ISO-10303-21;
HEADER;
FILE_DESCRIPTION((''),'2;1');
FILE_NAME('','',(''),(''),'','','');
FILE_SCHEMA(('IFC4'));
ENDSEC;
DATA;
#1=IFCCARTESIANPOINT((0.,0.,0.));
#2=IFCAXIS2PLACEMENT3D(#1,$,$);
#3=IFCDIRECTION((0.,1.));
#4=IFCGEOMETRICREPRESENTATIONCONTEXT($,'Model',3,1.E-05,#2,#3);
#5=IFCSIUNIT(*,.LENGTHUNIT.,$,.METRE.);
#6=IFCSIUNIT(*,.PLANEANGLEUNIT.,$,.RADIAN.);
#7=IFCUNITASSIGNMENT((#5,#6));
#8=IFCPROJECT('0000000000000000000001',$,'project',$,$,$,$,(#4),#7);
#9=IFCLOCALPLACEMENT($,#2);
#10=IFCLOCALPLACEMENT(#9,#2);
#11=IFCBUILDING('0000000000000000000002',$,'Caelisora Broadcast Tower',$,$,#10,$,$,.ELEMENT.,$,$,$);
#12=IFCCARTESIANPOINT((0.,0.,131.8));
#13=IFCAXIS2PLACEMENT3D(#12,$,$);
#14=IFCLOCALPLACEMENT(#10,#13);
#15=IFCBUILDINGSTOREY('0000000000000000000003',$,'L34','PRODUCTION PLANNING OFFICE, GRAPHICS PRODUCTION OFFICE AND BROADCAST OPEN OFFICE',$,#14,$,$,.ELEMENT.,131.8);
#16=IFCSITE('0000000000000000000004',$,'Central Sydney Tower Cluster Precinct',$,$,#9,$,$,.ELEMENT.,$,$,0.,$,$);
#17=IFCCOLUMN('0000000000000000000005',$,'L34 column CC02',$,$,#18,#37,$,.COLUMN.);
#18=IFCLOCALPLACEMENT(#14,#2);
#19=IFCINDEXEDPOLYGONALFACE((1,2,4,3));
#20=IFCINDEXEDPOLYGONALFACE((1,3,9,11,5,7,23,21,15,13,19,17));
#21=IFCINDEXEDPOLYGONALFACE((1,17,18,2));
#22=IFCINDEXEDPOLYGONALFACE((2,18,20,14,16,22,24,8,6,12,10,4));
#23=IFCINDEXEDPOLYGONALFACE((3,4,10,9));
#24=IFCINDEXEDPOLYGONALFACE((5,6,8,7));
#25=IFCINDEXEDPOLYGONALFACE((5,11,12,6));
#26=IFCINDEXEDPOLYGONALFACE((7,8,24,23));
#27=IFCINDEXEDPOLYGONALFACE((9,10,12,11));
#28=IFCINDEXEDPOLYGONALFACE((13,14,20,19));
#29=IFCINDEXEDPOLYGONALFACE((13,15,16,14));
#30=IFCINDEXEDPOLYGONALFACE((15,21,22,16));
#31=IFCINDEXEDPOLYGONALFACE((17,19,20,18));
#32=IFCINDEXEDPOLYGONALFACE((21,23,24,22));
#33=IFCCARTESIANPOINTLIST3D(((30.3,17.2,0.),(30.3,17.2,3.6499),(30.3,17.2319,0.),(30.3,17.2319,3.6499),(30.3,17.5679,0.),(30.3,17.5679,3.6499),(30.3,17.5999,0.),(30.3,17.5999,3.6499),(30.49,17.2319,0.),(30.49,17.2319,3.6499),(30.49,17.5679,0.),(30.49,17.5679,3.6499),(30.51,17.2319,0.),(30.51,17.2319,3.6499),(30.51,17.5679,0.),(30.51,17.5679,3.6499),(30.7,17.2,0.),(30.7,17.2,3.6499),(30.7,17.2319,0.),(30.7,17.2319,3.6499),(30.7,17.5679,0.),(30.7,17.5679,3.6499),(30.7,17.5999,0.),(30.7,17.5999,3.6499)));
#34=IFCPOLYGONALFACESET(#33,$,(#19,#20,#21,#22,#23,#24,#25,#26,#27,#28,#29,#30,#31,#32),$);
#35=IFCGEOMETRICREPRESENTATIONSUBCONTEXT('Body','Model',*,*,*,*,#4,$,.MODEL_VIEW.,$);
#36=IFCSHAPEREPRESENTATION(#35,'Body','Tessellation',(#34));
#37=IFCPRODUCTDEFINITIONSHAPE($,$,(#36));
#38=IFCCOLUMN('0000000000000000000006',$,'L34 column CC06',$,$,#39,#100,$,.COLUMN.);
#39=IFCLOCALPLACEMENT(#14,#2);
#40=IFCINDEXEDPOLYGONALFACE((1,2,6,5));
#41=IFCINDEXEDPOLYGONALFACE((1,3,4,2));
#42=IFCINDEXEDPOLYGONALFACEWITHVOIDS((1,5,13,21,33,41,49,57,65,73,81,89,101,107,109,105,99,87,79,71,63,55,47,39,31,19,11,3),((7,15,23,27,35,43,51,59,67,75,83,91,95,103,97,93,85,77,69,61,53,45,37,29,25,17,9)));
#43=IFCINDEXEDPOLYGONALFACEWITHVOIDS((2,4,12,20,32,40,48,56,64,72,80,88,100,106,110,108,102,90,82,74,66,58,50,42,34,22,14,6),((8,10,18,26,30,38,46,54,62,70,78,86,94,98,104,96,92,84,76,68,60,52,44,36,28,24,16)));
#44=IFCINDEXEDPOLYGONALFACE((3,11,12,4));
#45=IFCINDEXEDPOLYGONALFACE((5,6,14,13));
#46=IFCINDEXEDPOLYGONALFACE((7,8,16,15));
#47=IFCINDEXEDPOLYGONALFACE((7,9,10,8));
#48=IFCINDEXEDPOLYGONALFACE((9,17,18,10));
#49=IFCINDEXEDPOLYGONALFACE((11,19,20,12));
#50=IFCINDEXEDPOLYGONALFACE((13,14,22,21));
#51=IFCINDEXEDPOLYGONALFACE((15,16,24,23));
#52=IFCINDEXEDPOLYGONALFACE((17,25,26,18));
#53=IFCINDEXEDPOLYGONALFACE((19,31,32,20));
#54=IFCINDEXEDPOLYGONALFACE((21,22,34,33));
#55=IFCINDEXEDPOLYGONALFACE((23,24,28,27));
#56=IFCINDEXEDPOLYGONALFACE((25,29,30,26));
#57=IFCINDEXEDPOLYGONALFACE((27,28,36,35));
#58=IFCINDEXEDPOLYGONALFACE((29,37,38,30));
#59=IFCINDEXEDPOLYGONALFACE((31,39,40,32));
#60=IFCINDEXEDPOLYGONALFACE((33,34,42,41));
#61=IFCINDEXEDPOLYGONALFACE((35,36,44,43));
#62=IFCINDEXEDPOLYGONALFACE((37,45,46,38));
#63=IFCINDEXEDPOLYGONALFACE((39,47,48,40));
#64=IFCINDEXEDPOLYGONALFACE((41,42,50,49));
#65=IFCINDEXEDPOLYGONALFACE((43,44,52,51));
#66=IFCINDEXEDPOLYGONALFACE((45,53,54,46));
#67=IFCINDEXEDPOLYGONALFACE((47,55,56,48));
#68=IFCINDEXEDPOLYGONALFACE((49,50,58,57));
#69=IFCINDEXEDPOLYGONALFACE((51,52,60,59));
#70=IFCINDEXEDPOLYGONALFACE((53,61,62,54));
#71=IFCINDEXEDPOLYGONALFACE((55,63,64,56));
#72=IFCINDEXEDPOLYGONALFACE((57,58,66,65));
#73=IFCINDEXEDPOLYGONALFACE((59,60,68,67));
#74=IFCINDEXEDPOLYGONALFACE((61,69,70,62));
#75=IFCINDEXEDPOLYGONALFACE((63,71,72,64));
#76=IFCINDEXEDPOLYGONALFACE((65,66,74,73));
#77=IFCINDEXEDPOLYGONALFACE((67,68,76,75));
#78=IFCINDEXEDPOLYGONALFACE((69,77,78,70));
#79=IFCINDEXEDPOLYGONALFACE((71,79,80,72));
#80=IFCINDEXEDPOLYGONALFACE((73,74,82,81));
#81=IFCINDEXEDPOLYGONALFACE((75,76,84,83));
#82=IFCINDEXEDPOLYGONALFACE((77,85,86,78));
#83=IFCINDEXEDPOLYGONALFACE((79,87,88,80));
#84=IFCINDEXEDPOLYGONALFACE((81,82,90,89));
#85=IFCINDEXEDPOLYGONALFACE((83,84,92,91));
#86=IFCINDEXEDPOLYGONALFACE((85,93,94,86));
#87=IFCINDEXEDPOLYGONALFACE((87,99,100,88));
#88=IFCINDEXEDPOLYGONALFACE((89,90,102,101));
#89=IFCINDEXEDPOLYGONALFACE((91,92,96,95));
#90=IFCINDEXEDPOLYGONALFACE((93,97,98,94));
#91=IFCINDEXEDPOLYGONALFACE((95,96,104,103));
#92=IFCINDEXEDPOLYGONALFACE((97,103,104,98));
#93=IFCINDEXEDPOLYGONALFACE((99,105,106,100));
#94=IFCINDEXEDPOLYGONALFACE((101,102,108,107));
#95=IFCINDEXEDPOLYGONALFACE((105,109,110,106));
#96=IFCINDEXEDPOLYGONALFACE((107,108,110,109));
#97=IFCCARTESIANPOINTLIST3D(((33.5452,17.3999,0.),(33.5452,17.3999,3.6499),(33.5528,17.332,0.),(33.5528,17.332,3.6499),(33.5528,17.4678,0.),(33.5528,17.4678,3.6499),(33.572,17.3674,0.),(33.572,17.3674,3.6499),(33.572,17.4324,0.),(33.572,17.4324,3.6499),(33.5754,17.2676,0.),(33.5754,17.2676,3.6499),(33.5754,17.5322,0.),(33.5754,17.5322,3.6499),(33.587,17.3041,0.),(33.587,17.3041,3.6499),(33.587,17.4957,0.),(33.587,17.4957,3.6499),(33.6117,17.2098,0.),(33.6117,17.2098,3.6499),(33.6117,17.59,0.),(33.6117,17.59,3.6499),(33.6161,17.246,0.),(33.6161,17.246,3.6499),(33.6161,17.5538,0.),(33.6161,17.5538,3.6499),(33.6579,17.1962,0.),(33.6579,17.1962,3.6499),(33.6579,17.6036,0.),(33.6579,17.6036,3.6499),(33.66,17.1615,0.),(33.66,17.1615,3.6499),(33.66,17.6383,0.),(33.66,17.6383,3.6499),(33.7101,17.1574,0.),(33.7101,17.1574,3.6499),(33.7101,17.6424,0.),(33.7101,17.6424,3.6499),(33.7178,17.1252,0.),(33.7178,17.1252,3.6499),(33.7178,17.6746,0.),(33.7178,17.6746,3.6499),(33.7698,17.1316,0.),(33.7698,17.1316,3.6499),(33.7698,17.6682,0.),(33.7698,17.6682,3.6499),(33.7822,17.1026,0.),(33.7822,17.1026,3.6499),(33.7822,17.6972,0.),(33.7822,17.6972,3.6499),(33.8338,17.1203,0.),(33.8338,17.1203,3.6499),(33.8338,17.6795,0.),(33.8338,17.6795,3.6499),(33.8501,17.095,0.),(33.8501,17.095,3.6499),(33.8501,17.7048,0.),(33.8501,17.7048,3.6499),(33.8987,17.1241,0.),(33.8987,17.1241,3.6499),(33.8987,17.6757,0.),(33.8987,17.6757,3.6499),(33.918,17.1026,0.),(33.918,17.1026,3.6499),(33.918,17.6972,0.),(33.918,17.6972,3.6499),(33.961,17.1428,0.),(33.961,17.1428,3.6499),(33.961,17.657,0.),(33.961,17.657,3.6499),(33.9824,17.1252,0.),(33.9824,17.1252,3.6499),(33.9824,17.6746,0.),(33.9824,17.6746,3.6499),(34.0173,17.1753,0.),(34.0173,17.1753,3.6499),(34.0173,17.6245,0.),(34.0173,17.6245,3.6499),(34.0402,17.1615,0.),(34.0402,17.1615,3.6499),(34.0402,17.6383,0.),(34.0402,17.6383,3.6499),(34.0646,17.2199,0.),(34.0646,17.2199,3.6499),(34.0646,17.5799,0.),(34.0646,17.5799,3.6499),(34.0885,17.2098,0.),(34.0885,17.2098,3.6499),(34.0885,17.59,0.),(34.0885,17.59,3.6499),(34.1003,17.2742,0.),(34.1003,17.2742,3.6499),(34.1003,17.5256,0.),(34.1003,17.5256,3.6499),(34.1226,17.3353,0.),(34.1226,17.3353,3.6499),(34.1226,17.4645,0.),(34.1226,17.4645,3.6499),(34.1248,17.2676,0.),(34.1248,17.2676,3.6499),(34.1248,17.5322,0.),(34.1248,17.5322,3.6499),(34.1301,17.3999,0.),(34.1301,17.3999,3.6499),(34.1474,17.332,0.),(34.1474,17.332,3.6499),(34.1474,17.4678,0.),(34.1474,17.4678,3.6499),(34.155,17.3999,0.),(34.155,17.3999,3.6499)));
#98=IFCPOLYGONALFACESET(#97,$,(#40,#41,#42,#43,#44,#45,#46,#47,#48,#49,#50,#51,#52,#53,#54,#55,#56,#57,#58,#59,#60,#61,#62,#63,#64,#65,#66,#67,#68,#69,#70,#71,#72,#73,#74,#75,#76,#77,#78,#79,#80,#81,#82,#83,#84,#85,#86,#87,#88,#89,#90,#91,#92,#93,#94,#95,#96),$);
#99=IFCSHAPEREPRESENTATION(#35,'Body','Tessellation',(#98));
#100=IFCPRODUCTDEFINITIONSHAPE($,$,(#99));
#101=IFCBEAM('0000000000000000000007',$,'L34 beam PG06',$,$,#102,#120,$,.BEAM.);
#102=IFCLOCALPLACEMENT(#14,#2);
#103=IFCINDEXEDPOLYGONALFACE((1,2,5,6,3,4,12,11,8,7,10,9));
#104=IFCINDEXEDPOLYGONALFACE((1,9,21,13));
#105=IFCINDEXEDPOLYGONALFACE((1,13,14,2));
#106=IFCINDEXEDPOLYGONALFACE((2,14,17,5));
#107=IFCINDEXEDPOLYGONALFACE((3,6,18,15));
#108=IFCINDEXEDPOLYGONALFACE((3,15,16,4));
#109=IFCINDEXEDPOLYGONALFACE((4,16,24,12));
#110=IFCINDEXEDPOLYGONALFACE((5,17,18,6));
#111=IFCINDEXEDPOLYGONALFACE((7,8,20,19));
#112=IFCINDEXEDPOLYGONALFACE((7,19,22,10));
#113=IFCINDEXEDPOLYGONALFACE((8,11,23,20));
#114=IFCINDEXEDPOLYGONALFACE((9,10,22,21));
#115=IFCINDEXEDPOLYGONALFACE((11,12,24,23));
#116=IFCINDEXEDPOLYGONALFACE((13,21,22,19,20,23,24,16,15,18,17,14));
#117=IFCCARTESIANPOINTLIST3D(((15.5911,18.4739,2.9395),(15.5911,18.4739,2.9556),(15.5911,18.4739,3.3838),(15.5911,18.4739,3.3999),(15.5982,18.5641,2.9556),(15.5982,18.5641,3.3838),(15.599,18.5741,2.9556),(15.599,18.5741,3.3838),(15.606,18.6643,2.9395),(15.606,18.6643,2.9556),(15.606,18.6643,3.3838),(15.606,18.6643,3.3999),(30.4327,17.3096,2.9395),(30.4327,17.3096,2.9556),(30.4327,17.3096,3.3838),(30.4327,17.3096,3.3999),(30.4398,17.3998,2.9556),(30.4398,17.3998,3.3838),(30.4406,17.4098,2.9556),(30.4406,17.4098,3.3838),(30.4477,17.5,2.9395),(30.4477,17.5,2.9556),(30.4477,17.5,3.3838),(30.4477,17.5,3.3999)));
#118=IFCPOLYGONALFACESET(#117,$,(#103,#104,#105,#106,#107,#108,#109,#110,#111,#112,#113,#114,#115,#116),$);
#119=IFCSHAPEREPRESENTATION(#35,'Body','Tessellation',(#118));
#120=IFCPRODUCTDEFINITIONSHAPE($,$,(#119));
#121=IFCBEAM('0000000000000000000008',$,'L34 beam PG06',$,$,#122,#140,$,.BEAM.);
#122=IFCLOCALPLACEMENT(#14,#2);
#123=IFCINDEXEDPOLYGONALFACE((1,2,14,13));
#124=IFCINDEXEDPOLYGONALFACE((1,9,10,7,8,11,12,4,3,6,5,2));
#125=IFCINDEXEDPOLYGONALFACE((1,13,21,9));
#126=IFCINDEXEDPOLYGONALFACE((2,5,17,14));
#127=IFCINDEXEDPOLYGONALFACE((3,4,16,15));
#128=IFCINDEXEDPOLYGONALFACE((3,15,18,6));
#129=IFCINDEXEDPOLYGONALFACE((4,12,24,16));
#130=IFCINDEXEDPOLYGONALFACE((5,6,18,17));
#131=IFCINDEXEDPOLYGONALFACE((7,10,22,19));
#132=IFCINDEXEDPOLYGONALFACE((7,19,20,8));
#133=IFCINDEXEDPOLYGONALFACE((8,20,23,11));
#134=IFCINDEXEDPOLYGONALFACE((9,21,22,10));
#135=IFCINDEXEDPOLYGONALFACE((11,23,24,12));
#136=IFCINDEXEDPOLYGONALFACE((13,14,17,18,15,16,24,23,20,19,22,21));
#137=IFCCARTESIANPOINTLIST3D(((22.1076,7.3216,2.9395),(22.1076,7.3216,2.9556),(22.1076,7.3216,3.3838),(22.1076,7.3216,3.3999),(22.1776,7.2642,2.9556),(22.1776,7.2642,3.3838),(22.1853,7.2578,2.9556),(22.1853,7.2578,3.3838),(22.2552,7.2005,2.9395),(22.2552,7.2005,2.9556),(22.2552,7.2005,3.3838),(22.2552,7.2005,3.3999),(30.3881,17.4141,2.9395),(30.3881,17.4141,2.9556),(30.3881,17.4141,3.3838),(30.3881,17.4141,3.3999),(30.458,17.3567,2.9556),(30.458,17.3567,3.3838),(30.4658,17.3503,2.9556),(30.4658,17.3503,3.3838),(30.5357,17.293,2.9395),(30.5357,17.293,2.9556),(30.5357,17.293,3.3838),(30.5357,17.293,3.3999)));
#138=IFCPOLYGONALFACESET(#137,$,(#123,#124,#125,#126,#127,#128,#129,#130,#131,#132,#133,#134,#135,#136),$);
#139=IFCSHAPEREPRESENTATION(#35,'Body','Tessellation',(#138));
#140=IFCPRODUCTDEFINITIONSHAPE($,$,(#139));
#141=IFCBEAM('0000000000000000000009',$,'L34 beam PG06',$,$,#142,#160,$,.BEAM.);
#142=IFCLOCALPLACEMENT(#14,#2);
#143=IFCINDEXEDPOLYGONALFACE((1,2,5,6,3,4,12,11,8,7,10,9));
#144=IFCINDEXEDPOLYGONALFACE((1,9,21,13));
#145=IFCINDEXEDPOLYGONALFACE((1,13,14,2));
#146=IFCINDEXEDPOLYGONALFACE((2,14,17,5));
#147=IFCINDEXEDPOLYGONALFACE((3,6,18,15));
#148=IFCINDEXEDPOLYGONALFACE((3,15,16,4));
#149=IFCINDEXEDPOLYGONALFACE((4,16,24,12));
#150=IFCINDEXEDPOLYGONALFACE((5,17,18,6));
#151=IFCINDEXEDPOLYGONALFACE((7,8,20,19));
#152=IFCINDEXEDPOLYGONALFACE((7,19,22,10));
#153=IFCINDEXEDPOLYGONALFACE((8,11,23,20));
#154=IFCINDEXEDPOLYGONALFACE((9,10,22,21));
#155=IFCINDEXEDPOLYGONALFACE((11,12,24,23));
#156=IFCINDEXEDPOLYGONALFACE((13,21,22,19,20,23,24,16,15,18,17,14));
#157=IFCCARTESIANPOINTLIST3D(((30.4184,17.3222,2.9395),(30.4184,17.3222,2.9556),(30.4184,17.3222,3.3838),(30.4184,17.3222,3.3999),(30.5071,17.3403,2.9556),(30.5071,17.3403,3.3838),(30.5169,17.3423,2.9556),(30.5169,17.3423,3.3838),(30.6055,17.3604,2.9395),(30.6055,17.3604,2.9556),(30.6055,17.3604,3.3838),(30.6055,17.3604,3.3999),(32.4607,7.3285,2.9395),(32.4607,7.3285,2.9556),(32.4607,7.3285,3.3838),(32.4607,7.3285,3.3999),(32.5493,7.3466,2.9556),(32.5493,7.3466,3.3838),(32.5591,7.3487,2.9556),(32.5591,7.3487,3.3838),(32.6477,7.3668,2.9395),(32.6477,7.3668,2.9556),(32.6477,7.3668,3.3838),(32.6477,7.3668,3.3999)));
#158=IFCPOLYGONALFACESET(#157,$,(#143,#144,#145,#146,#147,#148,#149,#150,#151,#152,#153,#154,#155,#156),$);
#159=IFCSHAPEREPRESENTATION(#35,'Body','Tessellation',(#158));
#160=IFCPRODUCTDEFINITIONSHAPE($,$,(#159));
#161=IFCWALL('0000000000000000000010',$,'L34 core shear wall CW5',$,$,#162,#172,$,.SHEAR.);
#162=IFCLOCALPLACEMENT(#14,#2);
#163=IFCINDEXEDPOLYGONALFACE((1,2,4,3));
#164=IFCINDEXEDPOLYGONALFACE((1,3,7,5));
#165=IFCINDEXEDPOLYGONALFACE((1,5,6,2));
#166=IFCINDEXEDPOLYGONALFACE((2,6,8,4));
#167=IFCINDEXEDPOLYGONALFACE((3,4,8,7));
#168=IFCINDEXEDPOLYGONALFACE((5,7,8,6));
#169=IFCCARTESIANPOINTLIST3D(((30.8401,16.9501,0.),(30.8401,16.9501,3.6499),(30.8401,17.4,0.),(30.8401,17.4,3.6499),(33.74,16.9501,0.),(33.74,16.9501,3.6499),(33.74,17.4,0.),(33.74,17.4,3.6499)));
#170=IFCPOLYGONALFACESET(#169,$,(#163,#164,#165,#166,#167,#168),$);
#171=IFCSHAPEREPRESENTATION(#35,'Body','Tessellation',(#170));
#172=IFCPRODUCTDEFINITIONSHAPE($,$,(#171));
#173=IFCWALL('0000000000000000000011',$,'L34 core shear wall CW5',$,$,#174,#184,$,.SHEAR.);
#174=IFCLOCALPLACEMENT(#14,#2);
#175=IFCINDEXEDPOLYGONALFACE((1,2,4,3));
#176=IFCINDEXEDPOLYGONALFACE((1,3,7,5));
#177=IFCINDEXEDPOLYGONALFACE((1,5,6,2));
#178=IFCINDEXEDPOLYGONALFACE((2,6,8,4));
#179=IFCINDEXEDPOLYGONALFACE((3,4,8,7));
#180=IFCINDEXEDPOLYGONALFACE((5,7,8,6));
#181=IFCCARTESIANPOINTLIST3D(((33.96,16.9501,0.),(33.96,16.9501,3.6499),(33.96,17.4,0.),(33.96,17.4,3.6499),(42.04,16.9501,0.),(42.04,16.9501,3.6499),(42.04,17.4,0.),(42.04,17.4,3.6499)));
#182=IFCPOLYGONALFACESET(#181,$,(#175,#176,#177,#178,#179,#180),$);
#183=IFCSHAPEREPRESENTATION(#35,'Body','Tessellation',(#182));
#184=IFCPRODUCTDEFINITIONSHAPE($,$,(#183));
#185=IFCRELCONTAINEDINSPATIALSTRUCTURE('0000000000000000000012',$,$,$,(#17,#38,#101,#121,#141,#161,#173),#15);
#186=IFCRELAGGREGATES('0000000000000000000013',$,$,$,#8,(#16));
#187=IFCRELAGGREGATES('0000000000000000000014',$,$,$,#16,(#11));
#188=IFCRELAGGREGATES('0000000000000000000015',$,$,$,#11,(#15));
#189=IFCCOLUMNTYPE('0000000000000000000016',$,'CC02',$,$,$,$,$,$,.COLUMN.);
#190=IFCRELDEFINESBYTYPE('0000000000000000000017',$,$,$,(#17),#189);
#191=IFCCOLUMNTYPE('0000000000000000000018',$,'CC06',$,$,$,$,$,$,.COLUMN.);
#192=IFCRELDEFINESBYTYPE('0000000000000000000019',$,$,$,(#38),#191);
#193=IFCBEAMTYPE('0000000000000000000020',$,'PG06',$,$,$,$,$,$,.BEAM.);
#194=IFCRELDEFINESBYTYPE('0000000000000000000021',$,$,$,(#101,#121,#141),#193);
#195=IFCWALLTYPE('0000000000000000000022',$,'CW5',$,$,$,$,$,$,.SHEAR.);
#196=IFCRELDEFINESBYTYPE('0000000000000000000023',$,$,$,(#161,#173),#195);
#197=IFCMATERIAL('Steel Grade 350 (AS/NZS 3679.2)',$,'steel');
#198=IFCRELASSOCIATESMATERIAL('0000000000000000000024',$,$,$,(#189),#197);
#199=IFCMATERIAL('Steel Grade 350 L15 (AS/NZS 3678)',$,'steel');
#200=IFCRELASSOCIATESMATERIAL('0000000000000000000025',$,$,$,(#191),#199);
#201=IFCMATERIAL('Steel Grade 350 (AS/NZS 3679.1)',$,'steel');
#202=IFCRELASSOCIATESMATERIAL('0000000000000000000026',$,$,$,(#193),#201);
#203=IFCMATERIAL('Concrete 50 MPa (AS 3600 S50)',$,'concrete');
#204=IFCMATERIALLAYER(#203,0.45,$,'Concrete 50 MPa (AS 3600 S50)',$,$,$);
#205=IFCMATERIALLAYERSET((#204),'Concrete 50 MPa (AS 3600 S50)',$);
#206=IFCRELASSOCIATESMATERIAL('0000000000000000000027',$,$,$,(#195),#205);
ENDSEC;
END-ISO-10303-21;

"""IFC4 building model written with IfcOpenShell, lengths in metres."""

from ifc_helpers import new_model, si_unit, direction, frame, frame_2d, origin, origin_2d, place, context, subcontext, project, spatial, rectangle, hollow_circle, i_section, extrude, source, transform, mapped, material, layer, layer_set, material_profile, profile_set, type_object, type_shapes, element, save


model = new_model("IFC4")

# Units and contexts
model_context = context("Model", 3, precision=1e-05, world=origin(), true_north=direction((0.0, 1.0)))
body_context = subcontext(model_context, "Body", "Model", "MODEL_VIEW")
ifc_project = project(units=[si_unit("LENGTHUNIT", "METRE"), si_unit("PLANEANGLEUNIT", "RADIAN")], contexts=[model_context])

# Site, building, storey
site_placement = place(None, origin())
site = spatial("IfcSite", under=ifc_project, at=site_placement, Name="Central Sydney Tower Cluster Precinct", CompositionType="ELEMENT", RefElevation=0.0)
building_placement = place(site_placement, origin())
building = spatial("IfcBuilding", under=site, at=building_placement, Name="Caelisora Broadcast Tower", CompositionType="ELEMENT")
storey_placement = place(building_placement, frame((0.0, 0.0, 131.8)))
storey = spatial("IfcBuildingStorey", under=building, at=storey_placement, Name="L34", Description="PRODUCTION PLANNING OFFICE, GRAPHICS PRODUCTION OFFICE AND BROADCAST OPEN OFFICE", CompositionType="ELEMENT", Elevation=131.8)

# Columns
ifc_material_1 = material(Name="Steel Grade 350 (AS/NZS 3679.2)", Category="steel")
ifc_material_profile_1 = material_profile(ifc_material_1, i_section(OverallWidth=0.3999, OverallDepth=0.3999, WebThickness=0.02, FlangeThickness=0.032, at=origin_2d()), Name="Steel Grade 350 (AS/NZS 3679.2)")
ifc_profile_set_1 = profile_set([ifc_material_profile_1], Name="Steel Grade 350 (AS/NZS 3679.2)")
column_type_1 = type_object("IfcColumnType", Name="CC02", PredefinedType="COLUMN", material=ifc_profile_set_1)
shared_shape_1 = source(origin(), body_context, "Body", "SweptSolid", [
    extrude(i_section(OverallWidth=0.3999, OverallDepth=0.3999, WebThickness=0.02, FlangeThickness=0.032, at=origin_2d()), origin(), (0.0, 0.0, 1.0), 3.6499),
])
type_shapes(column_type_1, [shared_shape_1])
column_1_placement = place(storey_placement, frame((30.5, 17.3999, 0.0), z_axis=(0.0, 0.0, 1.0), x_axis=(1.0, 0.0, 0.0)))
element("IfcColumn", 1, at=column_1_placement, inside=storey, type_object=column_type_1, Name="L34 column CC02", PredefinedType="COLUMN", context=body_context, shape_type="MappedRepresentation", body=[
    mapped(shared_shape_1, transform((0.0, 0.0, 0.0), scale=1.0)),
])
ifc_material_2 = material(Name="Steel Grade 350 L15 (AS/NZS 3678)", Category="steel")
ifc_material_profile_2 = material_profile(ifc_material_2, hollow_circle(Radius=0.3049, WallThickness=0.0249, at=origin_2d()), Name="Steel Grade 350 L15 (AS/NZS 3678)")
ifc_profile_set_2 = profile_set([ifc_material_profile_2], Name="Steel Grade 350 L15 (AS/NZS 3678)")
column_type_2 = type_object("IfcColumnType", Name="CC06", PredefinedType="COLUMN", material=ifc_profile_set_2)
shared_shape_2 = source(origin(), body_context, "Body", "SweptSolid", [
    extrude(hollow_circle(Radius=0.3049, WallThickness=0.0249, at=origin_2d()), origin(), (0.0, 0.0, 1.0), 3.6499),
])
type_shapes(column_type_2, [shared_shape_2])
column_2_placement = place(storey_placement, frame((33.8501, 17.3999, 0.0), z_axis=(0.0, 0.0, 1.0), x_axis=(1.0, 0.0, 0.0)))
element("IfcColumn", 2, at=column_2_placement, inside=storey, type_object=column_type_2, Name="L34 column CC06", PredefinedType="COLUMN", context=body_context, shape_type="MappedRepresentation", body=[
    mapped(shared_shape_2, transform((0.0, 0.0, 0.0), scale=1.0)),
])

# Beams
ifc_material_3 = material(Name="Steel Grade 350 (AS/NZS 3679.1)", Category="steel")
ifc_material_profile_3 = material_profile(ifc_material_3, i_section(OverallWidth=0.1909, OverallDepth=0.4604, WebThickness=0.01, FlangeThickness=0.0161, at=origin_2d()), Name="Steel Grade 350 (AS/NZS 3679.1)")
ifc_profile_set_3 = profile_set([ifc_material_profile_3], Name="Steel Grade 350 (AS/NZS 3679.1)")
beam_type = type_object("IfcBeamType", Name="PG06", PredefinedType="BEAM", material=ifc_profile_set_3)
shared_shape_3 = source(origin(), body_context, "Body", "SweptSolid", [
    extrude(i_section(OverallWidth=0.1909, OverallDepth=0.4604, WebThickness=0.01, FlangeThickness=0.0161, at=origin_2d()), origin(), (0.0, 0.0, 1.0), 14.8872),
])
beam_1_placement = place(storey_placement, frame((30.4402, 17.4048, 3.1697), z_axis=(-0.996937, 0.078209, 0.0), x_axis=(-0.078209, -0.996937, 0.0)))
element("IfcBeam", 3, at=beam_1_placement, inside=storey, type_object=beam_type, Name="L34 beam PG06", PredefinedType="BEAM", context=body_context, shape_type="MappedRepresentation", body=[
    mapped(shared_shape_3, transform((0.0, 0.0, 0.0), scale=1.0)),
])
shared_shape_4 = source(origin(), body_context, "Body", "SweptSolid", [
    extrude(i_section(OverallWidth=0.1909, OverallDepth=0.4604, WebThickness=0.01, FlangeThickness=0.0161, at=origin_2d()), origin(), (0.0, 0.0, 1.0), 13.0547),
])
beam_2_placement = place(storey_placement, frame((30.4619, 17.3535, 3.1697), z_axis=(-0.634292, -0.773093, 0.0), x_axis=(0.773093, -0.634292, 0.0)))
element("IfcBeam", 4, at=beam_2_placement, inside=storey, type_object=beam_type, Name="L34 beam PG06", PredefinedType="BEAM", context=body_context, shape_type="MappedRepresentation", body=[
    mapped(shared_shape_4, transform((0.0, 0.0, 0.0), scale=1.0)),
])
shared_shape_5 = source(origin(), body_context, "Body", "SweptSolid", [
    extrude(i_section(OverallWidth=0.1909, OverallDepth=0.4604, WebThickness=0.01, FlangeThickness=0.0161, at=origin_2d()), origin(), (0.0, 0.0, 1.0), 10.2002),
])
type_shapes(beam_type, [shared_shape_3, shared_shape_4, shared_shape_5])
beam_3_placement = place(storey_placement, frame((30.512, 17.3413, 3.1697), z_axis=(0.200216, -0.979752, 0.0), x_axis=(0.979752, 0.200216, 0.0)))
element("IfcBeam", 5, at=beam_3_placement, inside=storey, type_object=beam_type, Name="L34 beam PG06", PredefinedType="BEAM", context=body_context, shape_type="MappedRepresentation", body=[
    mapped(shared_shape_5, transform((0.0, 0.0, 0.0), scale=1.0)),
])

# Walls
ifc_material_4 = material(Name="Concrete 50 MPa (AS 3600 S50)", Category="concrete")
ifc_layer_1 = layer(ifc_material_4, 0.45, Name="Concrete 50 MPa (AS 3600 S50)")
ifc_layer_set_1 = layer_set([ifc_layer_1], Name="Concrete 50 MPa (AS 3600 S50)")
wall_type_1 = type_object("IfcWallType", Name="CW5", PredefinedType="SHEAR", material=ifc_layer_set_1)
wall_1_placement = place(storey_placement, frame((30.8401, 17.175, 0.0), z_axis=(0.0, 0.0, 1.0), x_axis=(1.0, 0.0, 0.0)))
element("IfcWall", 6, at=wall_1_placement, inside=storey, type_object=wall_type_1, Name="L34 core shear wall CW5", PredefinedType="SHEAR", context=body_context, shape_type="SweptSolid", body=[
    extrude(rectangle(XDim=2.8999, YDim=0.45, at=frame_2d((1.45, 0.0))), origin(), (0.0, 0.0, 1.0), 3.6499),
])
wall_2_placement = place(storey_placement, frame((33.96, 17.175, 0.0), z_axis=(0.0, 0.0, 1.0), x_axis=(1.0, 0.0, 0.0)))
element("IfcWall", 7, at=wall_2_placement, inside=storey, type_object=wall_type_1, Name="L34 core shear wall CW5", PredefinedType="SHEAR", context=body_context, shape_type="SweptSolid", body=[
    extrude(rectangle(XDim=8.0801, YDim=0.45, at=frame_2d((4.04, 0.0))), origin(), (0.0, 0.0, 1.0), 3.6499),
])

save(model, "model.ifc")
